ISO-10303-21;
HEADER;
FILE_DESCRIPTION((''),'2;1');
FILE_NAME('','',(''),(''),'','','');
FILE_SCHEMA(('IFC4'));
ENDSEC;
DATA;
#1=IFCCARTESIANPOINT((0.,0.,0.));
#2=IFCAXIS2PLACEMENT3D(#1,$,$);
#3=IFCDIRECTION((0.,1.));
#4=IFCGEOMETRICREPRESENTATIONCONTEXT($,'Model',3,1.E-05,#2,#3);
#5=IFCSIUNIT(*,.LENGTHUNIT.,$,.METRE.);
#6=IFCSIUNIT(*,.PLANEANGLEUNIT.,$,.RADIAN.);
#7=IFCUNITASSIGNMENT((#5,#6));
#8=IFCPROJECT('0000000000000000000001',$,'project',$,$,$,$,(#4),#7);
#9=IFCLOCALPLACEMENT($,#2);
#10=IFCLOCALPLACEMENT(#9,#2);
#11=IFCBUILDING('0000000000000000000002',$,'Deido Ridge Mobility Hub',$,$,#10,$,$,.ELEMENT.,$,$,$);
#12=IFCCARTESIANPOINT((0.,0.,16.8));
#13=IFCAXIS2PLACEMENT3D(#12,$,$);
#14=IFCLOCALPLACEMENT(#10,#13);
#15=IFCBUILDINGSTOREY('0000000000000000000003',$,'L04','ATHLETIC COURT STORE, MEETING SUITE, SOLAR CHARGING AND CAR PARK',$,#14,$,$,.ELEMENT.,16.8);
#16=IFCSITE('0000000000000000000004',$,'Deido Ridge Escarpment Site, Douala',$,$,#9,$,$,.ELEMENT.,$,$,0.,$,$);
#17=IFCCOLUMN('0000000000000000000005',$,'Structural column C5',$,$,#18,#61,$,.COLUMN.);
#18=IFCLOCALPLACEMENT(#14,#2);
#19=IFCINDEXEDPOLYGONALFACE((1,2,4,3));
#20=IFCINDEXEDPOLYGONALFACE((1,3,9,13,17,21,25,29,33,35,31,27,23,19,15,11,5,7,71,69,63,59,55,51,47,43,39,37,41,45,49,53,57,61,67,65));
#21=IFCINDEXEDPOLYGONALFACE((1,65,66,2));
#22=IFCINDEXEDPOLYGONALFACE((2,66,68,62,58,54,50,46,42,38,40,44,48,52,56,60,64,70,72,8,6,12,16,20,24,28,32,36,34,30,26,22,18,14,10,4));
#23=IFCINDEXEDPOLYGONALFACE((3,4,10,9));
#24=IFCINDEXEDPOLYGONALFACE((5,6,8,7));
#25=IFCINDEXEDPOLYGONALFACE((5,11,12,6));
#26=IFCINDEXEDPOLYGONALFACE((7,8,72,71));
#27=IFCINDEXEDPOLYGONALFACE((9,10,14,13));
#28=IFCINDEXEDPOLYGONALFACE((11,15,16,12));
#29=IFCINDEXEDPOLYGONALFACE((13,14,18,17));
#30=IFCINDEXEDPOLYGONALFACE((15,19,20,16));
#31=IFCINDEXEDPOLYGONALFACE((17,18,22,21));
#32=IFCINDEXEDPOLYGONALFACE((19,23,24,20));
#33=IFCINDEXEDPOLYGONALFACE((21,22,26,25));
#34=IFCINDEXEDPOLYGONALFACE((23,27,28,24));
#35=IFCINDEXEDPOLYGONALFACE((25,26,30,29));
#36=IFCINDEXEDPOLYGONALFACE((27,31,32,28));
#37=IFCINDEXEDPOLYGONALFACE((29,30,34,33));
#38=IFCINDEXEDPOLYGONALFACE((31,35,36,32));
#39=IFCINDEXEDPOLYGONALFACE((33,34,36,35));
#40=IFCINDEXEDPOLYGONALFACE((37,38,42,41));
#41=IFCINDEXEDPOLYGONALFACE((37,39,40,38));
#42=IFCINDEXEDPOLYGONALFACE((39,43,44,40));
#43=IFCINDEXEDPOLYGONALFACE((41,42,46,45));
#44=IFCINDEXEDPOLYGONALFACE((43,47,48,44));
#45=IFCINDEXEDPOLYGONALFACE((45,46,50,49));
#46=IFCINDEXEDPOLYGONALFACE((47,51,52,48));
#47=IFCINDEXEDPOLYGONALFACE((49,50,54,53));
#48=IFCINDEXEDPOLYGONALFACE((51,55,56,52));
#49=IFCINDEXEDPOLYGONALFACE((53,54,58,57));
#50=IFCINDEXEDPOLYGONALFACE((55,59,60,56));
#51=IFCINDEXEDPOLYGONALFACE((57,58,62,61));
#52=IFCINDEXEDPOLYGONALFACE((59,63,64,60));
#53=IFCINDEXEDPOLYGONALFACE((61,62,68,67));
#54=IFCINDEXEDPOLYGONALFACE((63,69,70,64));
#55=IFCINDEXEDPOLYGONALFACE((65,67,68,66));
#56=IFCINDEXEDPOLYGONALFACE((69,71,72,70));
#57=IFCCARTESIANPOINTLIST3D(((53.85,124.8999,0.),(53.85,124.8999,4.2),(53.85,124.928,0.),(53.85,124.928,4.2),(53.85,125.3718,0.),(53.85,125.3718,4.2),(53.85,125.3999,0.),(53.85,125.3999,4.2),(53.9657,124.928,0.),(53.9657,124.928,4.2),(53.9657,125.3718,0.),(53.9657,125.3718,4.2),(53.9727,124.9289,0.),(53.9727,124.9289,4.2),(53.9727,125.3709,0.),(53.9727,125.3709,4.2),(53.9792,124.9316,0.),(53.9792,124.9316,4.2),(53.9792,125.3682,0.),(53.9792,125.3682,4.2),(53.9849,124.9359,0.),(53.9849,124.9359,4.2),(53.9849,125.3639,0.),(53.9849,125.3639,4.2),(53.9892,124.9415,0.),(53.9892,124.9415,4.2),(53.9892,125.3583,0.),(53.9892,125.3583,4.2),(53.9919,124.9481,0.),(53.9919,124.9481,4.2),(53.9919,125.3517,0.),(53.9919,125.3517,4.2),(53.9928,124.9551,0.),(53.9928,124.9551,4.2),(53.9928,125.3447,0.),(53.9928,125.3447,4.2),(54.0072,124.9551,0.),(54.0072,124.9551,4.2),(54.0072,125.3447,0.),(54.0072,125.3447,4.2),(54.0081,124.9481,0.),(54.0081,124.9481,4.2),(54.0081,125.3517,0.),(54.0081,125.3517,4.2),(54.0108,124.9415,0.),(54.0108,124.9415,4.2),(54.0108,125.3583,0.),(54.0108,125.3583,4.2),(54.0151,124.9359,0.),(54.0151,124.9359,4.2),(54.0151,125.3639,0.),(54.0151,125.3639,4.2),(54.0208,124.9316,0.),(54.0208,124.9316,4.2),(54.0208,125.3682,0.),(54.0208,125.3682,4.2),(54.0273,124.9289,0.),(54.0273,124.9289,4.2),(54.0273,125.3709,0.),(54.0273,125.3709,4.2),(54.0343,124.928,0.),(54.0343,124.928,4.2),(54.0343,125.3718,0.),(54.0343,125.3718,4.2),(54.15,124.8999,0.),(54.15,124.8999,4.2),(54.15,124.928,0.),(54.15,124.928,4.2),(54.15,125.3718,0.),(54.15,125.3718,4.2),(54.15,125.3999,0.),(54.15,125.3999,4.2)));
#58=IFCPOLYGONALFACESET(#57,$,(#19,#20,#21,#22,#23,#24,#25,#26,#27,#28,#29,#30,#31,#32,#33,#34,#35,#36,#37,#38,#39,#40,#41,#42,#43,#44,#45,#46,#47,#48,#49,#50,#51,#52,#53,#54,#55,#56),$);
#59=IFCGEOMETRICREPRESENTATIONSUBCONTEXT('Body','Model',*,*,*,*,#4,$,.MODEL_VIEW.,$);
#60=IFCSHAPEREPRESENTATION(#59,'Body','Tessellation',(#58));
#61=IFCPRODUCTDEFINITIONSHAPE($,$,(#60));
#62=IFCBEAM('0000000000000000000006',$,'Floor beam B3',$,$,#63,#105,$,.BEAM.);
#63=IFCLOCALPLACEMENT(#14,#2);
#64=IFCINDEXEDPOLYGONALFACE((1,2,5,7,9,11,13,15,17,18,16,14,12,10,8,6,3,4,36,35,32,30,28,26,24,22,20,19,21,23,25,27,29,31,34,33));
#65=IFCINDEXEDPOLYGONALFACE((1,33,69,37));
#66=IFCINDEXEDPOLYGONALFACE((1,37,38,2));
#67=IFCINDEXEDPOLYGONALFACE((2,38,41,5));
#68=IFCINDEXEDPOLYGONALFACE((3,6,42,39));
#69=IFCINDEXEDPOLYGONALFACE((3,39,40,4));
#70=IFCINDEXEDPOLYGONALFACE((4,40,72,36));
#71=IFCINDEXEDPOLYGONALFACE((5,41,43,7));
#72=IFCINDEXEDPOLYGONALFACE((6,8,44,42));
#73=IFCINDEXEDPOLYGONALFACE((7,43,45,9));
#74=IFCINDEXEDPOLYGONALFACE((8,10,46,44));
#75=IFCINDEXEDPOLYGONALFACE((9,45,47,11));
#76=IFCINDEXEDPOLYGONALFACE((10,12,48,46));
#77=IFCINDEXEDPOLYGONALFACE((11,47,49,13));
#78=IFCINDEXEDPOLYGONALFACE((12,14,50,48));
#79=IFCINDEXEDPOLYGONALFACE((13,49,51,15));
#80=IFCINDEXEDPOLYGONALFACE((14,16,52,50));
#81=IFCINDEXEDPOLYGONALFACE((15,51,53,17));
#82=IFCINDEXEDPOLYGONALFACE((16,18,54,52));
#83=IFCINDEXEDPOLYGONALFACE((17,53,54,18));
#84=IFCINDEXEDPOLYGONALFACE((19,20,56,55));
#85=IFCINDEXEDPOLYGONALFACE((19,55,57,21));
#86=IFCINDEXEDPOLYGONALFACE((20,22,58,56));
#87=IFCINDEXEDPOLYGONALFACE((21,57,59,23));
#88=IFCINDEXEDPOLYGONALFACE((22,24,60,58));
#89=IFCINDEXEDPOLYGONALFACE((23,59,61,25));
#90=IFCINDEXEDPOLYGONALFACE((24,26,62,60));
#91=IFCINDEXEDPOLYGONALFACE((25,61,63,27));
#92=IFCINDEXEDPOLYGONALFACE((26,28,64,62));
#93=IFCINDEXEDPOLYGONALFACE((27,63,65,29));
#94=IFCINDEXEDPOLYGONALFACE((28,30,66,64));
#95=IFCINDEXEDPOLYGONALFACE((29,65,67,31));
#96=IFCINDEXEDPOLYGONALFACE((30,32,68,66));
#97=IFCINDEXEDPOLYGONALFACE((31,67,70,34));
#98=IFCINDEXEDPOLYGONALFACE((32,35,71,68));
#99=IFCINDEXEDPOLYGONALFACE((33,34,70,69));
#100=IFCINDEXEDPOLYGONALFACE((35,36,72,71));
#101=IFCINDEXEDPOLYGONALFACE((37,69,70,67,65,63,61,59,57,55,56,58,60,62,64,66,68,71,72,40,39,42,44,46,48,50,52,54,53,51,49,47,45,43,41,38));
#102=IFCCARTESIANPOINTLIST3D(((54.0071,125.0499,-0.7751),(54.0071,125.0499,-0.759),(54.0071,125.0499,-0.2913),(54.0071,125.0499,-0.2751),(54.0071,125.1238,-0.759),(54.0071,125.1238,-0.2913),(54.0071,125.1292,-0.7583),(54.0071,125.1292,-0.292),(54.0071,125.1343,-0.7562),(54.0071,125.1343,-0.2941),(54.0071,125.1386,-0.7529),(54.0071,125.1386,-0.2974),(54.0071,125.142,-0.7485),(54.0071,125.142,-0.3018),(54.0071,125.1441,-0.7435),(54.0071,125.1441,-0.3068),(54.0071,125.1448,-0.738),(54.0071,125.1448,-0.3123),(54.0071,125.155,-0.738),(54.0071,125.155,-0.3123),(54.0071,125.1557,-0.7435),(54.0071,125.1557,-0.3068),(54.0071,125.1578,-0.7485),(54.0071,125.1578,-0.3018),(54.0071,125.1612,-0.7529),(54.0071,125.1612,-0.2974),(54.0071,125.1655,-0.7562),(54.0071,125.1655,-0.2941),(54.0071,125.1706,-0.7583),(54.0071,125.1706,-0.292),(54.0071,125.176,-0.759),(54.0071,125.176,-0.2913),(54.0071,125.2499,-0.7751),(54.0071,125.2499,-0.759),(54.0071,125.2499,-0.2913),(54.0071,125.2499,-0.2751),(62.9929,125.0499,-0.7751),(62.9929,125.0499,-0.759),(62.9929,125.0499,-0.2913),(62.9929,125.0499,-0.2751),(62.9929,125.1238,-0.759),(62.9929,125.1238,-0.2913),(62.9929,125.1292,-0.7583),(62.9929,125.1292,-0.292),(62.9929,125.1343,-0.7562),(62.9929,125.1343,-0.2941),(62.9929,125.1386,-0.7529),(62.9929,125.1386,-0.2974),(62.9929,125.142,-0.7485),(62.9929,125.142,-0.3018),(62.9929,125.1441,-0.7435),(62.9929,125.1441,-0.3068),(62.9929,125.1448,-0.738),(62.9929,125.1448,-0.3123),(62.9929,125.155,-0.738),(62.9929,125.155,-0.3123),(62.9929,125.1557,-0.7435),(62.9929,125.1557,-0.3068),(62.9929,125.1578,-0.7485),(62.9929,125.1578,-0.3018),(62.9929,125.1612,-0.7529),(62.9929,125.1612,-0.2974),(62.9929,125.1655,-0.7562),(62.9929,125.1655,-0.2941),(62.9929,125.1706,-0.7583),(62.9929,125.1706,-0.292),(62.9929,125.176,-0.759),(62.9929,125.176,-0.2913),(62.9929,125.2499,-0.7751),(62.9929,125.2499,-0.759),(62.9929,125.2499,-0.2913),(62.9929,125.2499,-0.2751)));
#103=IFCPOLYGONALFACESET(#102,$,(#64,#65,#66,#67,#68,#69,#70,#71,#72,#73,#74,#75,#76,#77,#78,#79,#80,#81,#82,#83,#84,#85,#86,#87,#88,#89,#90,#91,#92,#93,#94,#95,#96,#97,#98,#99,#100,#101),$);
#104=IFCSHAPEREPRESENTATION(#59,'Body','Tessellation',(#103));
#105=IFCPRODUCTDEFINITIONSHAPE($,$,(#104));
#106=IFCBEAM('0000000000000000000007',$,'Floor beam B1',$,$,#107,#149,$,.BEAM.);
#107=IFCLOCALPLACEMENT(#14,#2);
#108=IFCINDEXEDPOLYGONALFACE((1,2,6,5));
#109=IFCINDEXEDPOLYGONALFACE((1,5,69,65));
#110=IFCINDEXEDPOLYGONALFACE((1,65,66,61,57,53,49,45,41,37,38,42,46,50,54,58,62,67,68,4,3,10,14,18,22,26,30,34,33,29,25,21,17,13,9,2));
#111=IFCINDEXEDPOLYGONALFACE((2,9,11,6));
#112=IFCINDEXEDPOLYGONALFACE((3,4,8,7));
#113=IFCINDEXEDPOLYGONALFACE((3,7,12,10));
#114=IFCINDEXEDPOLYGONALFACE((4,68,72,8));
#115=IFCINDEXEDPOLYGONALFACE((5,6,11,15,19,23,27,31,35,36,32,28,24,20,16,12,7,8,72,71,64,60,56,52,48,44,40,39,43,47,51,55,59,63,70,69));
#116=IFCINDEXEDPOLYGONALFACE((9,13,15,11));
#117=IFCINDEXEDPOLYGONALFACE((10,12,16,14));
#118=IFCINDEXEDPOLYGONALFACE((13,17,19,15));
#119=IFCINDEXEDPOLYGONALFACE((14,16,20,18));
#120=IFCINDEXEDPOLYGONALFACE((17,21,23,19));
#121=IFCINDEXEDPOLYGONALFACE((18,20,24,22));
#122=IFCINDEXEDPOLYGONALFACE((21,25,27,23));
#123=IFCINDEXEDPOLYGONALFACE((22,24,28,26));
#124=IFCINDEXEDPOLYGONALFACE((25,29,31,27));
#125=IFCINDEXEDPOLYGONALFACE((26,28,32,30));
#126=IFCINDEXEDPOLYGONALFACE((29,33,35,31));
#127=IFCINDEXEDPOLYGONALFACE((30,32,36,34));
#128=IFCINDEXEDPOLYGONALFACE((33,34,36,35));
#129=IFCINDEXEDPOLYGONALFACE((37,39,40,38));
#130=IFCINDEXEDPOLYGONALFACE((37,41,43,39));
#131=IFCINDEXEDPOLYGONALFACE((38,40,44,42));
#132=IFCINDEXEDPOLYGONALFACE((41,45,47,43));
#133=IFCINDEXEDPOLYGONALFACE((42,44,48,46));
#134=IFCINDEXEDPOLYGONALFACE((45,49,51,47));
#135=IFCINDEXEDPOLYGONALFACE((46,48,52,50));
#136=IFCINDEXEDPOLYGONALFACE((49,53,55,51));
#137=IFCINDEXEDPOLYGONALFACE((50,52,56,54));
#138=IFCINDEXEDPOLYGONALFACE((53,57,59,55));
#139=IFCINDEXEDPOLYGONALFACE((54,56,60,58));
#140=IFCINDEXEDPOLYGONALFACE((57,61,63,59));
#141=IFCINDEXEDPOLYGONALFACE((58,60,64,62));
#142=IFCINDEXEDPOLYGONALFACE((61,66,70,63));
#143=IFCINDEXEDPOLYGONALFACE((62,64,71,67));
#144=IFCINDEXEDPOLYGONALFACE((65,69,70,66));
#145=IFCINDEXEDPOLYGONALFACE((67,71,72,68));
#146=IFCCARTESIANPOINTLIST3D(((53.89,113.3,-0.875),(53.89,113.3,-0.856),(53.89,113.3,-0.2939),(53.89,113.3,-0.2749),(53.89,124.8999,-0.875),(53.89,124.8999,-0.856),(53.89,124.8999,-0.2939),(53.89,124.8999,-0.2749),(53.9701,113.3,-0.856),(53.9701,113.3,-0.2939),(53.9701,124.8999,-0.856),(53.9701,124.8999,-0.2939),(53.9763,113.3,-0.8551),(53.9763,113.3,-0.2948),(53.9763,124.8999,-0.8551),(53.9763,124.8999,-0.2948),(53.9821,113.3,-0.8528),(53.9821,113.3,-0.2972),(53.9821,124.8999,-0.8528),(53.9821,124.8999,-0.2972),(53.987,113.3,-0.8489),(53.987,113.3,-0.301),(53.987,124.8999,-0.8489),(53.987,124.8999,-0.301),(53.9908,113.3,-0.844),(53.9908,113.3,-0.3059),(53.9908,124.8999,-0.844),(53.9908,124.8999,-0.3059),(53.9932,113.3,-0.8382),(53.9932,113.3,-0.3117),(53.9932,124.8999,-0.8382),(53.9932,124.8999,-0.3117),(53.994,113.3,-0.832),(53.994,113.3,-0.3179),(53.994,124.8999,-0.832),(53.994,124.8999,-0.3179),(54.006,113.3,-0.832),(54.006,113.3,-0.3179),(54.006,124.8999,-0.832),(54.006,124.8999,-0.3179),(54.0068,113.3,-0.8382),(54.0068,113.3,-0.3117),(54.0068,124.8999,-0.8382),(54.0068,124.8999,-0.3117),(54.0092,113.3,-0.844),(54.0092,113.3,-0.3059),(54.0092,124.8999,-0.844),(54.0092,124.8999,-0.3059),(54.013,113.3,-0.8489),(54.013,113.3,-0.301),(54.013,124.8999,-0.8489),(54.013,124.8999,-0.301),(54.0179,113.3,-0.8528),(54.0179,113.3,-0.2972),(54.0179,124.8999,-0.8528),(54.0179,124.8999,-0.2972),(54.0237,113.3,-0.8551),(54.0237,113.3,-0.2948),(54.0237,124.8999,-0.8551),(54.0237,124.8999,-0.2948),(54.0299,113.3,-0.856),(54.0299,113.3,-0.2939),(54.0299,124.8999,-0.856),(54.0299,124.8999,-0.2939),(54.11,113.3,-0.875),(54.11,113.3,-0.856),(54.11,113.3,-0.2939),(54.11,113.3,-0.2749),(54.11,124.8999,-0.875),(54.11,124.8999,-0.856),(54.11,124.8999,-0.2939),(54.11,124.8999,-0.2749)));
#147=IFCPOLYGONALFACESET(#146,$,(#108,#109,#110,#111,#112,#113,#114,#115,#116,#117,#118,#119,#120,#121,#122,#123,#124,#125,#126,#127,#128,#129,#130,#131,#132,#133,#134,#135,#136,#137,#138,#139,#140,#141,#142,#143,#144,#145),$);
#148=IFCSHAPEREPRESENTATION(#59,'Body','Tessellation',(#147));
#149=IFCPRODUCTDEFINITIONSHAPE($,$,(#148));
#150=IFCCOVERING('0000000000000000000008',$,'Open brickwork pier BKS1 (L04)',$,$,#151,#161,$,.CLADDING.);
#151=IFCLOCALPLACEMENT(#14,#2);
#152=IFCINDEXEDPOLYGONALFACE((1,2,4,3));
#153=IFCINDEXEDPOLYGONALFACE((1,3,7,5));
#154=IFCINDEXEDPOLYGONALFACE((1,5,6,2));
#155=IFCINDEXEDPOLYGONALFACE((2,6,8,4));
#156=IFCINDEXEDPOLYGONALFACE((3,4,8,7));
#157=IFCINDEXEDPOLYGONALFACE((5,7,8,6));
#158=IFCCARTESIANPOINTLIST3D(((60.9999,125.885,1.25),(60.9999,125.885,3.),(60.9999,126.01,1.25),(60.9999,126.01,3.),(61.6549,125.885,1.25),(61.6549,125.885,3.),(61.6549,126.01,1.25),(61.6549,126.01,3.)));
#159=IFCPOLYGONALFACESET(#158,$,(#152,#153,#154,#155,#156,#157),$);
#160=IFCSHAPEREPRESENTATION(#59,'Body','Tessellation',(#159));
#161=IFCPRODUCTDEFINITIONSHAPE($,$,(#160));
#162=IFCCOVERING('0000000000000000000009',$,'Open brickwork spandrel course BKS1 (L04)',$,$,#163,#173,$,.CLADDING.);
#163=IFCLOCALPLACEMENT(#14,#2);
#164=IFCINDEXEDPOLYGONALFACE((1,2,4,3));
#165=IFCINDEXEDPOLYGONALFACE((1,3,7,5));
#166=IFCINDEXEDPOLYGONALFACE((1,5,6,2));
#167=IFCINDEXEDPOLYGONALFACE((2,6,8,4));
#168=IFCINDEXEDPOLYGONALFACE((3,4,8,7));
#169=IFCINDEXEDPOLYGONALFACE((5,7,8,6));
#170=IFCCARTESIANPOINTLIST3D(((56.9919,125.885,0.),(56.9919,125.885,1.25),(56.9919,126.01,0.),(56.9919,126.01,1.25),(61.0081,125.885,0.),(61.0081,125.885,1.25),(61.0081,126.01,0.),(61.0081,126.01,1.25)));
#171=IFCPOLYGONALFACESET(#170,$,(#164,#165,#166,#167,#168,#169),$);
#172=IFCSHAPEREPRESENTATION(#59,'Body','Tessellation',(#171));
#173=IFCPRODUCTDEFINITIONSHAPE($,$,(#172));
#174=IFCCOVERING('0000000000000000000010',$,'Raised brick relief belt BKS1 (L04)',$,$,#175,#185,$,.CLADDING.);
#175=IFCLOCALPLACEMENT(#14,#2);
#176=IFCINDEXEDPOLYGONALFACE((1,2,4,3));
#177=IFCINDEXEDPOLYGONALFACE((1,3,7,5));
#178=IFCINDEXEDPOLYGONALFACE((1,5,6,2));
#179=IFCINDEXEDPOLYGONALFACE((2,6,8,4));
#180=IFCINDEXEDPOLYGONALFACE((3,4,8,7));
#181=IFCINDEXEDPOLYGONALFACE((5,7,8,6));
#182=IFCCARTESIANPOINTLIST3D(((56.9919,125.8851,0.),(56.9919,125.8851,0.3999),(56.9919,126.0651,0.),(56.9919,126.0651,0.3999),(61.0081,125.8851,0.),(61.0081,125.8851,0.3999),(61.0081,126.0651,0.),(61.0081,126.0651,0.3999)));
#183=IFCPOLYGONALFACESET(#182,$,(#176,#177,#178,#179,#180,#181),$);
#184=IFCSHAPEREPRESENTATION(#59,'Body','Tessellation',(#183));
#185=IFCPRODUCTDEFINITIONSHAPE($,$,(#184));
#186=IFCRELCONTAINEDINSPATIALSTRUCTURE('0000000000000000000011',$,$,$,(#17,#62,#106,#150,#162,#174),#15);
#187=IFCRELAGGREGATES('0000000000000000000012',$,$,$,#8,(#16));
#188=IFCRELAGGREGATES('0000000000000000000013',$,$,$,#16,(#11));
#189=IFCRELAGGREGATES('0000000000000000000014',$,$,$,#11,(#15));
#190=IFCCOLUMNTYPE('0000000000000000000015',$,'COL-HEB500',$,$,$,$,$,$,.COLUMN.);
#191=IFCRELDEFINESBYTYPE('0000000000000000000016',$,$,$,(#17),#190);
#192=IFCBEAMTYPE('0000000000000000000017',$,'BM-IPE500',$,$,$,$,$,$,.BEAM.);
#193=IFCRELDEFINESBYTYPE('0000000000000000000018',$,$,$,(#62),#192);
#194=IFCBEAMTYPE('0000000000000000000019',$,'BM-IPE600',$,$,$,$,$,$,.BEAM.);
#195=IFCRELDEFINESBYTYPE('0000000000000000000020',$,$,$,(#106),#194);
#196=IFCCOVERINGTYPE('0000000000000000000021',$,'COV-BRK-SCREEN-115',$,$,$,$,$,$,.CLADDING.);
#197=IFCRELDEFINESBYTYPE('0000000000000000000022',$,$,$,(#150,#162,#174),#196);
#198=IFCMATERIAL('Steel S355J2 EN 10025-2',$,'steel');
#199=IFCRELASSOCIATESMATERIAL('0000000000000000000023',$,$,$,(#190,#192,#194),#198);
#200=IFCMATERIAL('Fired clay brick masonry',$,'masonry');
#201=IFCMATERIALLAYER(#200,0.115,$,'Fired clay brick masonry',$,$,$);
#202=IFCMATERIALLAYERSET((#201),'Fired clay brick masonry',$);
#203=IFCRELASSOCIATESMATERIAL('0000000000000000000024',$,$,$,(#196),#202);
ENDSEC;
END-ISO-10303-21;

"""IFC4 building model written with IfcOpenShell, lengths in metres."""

from ifc_helpers import new_model, si_unit, direction, frame, origin, origin_2d, place, context, subcontext, project, spatial, rectangle, i_section, extrude, material, layer, layer_set, material_profile, profile_set, type_object, element, save


model = new_model("IFC4")

# Units and contexts
model_context = context("Model", 3, precision=1e-05, world=origin(), true_north=direction((0.0, 1.0)))
body_context = subcontext(model_context, "Body", "Model", "MODEL_VIEW")
ifc_project = project(units=[si_unit("LENGTHUNIT", "METRE"), si_unit("PLANEANGLEUNIT", "RADIAN")], contexts=[model_context])

# Site, building, storey
site_placement = place(None, origin())
site = spatial("IfcSite", under=ifc_project, at=site_placement, Name="Deido Ridge Escarpment Site, Douala", CompositionType="ELEMENT", RefElevation=0.0)
building_placement = place(site_placement, origin())
building = spatial("IfcBuilding", under=site, at=building_placement, Name="Deido Ridge Mobility Hub", CompositionType="ELEMENT")
storey_placement = place(building_placement, frame((0.0, 0.0, 16.8)))
storey = spatial("IfcBuildingStorey", under=building, at=storey_placement, Name="L04", Description="ATHLETIC COURT STORE, MEETING SUITE, SOLAR CHARGING AND CAR PARK", CompositionType="ELEMENT", Elevation=16.8)

# Column
ifc_material_1 = material(Name="Steel S355J2 EN 10025-2", Category="steel")
ifc_material_profile_1 = material_profile(ifc_material_1, i_section(OverallWidth=0.3, OverallDepth=0.5, WebThickness=0.0144, FlangeThickness=0.0281, FilletRadius=0.0271, at=origin_2d()), Name="HEB 500")
ifc_profile_set_1 = profile_set([ifc_material_profile_1], Name="Steel S355J2 EN 10025-2")
column_type = type_object("IfcColumnType", Name="COL-HEB500", PredefinedType="COLUMN", material=ifc_profile_set_1)
column_placement = place(storey_placement, frame((54.0, 125.1499, 0.0), z_axis=(0.0, 0.0, 1.0), x_axis=(1.0, 0.0, 0.0)))
element("IfcColumn", 1, at=column_placement, inside=storey, type_object=column_type, Name="Structural column C5", PredefinedType="COLUMN", context=body_context, shape_type="SweptSolid", body=[
    extrude(i_section(OverallWidth=0.3, OverallDepth=0.5, WebThickness=0.0144, FlangeThickness=0.0281, FilletRadius=0.0271, at=origin_2d()), origin(), (0.0, 0.0, 1.0), 4.2),
])

# Beams
ifc_material_profile_2 = material_profile(ifc_material_1, i_section(OverallWidth=0.2, OverallDepth=0.5, WebThickness=0.0103, FlangeThickness=0.0161, FilletRadius=0.021, at=origin_2d()), Name="IPE 500")
ifc_profile_set_2 = profile_set([ifc_material_profile_2], Name="Steel S355J2 EN 10025-2")
beam_type_1 = type_object("IfcBeamType", Name="BM-IPE500", PredefinedType="BEAM", material=ifc_profile_set_2)
beam_1_placement = place(storey_placement, frame((54.0071, 125.1499, -0.5251), z_axis=(1.0, 0.0, 0.0), x_axis=(0.0, 1.0, 0.0)))
element("IfcBeam", 2, at=beam_1_placement, inside=storey, type_object=beam_type_1, Name="Floor beam B3", PredefinedType="BEAM", context=body_context, shape_type="SweptSolid", body=[
    extrude(i_section(OverallWidth=0.2, OverallDepth=0.5, WebThickness=0.0103, FlangeThickness=0.0161, FilletRadius=0.021, at=origin_2d()), origin(), (0.0, 0.0, 1.0), 8.9858),
])
ifc_material_profile_3 = material_profile(ifc_material_1, i_section(OverallWidth=0.22, OverallDepth=0.6001, WebThickness=0.012, FlangeThickness=0.019, FilletRadius=0.0239, at=origin_2d()), Name="IPE 600")
ifc_profile_set_3 = profile_set([ifc_material_profile_3], Name="Steel S355J2 EN 10025-2")
beam_type_2 = type_object("IfcBeamType", Name="BM-IPE600", PredefinedType="BEAM", material=ifc_profile_set_3)
beam_2_placement = place(storey_placement, frame((54.0, 113.3, -0.575), z_axis=(0.0, 1.0, 0.0), x_axis=(-1.0, 0.0, 0.0)))
element("IfcBeam", 3, at=beam_2_placement, inside=storey, type_object=beam_type_2, Name="Floor beam B1", PredefinedType="BEAM", context=body_context, shape_type="SweptSolid", body=[
    extrude(i_section(OverallWidth=0.22, OverallDepth=0.6001, WebThickness=0.012, FlangeThickness=0.019, FilletRadius=0.0239, at=origin_2d()), origin(), (0.0, 0.0, 1.0), 11.5999),
])

# Coverings
ifc_material_2 = material(Name="Fired clay brick masonry", Category="masonry")
ifc_layer = layer(ifc_material_2, 0.115, Name="Fired clay brick masonry")
ifc_layer_set = layer_set([ifc_layer], Name="Fired clay brick masonry")
covering_type = type_object("IfcCoveringType", Name="COV-BRK-SCREEN-115", PredefinedType="CLADDING", material=ifc_layer_set)
covering_1_placement = place(storey_placement, frame((61.3274, 125.9475, 1.25), z_axis=(0.0, 0.0, 1.0), x_axis=(-1.0, 0.0, 0.0)))
element("IfcCovering", 4, at=covering_1_placement, inside=storey, type_object=covering_type, Name="Open brickwork pier BKS1 (L04)", PredefinedType="CLADDING", context=body_context, shape_type="SweptSolid", body=[
    extrude(rectangle(XDim=0.655, YDim=0.125, at=origin_2d()), origin(), (0.0, 0.0, 1.0), 1.75),
])
covering_2_placement = place(storey_placement, frame((59.0, 125.9475, 0.0), z_axis=(0.0, 0.0, 1.0), x_axis=(-1.0, 0.0, 0.0)))
element("IfcCovering", 5, at=covering_2_placement, inside=storey, type_object=covering_type, Name="Open brickwork spandrel course BKS1 (L04)", PredefinedType="CLADDING", context=body_context, shape_type="SweptSolid", body=[
    extrude(rectangle(XDim=4.0161, YDim=0.125, at=origin_2d()), origin(), (0.0, 0.0, 1.0), 1.25),
])
covering_3_placement = place(storey_placement, frame((59.0, 125.9751, 0.0), z_axis=(0.0, 0.0, 1.0), x_axis=(-1.0, 0.0, 0.0)))
element("IfcCovering", 6, at=covering_3_placement, inside=storey, type_object=covering_type, Name="Raised brick relief belt BKS1 (L04)", PredefinedType="CLADDING", context=body_context, shape_type="SweptSolid", body=[
    extrude(rectangle(XDim=4.0161, YDim=0.1799, at=origin_2d()), origin(), (0.0, 0.0, 1.0), 0.3999),
])

save(model, "model.ifc")
